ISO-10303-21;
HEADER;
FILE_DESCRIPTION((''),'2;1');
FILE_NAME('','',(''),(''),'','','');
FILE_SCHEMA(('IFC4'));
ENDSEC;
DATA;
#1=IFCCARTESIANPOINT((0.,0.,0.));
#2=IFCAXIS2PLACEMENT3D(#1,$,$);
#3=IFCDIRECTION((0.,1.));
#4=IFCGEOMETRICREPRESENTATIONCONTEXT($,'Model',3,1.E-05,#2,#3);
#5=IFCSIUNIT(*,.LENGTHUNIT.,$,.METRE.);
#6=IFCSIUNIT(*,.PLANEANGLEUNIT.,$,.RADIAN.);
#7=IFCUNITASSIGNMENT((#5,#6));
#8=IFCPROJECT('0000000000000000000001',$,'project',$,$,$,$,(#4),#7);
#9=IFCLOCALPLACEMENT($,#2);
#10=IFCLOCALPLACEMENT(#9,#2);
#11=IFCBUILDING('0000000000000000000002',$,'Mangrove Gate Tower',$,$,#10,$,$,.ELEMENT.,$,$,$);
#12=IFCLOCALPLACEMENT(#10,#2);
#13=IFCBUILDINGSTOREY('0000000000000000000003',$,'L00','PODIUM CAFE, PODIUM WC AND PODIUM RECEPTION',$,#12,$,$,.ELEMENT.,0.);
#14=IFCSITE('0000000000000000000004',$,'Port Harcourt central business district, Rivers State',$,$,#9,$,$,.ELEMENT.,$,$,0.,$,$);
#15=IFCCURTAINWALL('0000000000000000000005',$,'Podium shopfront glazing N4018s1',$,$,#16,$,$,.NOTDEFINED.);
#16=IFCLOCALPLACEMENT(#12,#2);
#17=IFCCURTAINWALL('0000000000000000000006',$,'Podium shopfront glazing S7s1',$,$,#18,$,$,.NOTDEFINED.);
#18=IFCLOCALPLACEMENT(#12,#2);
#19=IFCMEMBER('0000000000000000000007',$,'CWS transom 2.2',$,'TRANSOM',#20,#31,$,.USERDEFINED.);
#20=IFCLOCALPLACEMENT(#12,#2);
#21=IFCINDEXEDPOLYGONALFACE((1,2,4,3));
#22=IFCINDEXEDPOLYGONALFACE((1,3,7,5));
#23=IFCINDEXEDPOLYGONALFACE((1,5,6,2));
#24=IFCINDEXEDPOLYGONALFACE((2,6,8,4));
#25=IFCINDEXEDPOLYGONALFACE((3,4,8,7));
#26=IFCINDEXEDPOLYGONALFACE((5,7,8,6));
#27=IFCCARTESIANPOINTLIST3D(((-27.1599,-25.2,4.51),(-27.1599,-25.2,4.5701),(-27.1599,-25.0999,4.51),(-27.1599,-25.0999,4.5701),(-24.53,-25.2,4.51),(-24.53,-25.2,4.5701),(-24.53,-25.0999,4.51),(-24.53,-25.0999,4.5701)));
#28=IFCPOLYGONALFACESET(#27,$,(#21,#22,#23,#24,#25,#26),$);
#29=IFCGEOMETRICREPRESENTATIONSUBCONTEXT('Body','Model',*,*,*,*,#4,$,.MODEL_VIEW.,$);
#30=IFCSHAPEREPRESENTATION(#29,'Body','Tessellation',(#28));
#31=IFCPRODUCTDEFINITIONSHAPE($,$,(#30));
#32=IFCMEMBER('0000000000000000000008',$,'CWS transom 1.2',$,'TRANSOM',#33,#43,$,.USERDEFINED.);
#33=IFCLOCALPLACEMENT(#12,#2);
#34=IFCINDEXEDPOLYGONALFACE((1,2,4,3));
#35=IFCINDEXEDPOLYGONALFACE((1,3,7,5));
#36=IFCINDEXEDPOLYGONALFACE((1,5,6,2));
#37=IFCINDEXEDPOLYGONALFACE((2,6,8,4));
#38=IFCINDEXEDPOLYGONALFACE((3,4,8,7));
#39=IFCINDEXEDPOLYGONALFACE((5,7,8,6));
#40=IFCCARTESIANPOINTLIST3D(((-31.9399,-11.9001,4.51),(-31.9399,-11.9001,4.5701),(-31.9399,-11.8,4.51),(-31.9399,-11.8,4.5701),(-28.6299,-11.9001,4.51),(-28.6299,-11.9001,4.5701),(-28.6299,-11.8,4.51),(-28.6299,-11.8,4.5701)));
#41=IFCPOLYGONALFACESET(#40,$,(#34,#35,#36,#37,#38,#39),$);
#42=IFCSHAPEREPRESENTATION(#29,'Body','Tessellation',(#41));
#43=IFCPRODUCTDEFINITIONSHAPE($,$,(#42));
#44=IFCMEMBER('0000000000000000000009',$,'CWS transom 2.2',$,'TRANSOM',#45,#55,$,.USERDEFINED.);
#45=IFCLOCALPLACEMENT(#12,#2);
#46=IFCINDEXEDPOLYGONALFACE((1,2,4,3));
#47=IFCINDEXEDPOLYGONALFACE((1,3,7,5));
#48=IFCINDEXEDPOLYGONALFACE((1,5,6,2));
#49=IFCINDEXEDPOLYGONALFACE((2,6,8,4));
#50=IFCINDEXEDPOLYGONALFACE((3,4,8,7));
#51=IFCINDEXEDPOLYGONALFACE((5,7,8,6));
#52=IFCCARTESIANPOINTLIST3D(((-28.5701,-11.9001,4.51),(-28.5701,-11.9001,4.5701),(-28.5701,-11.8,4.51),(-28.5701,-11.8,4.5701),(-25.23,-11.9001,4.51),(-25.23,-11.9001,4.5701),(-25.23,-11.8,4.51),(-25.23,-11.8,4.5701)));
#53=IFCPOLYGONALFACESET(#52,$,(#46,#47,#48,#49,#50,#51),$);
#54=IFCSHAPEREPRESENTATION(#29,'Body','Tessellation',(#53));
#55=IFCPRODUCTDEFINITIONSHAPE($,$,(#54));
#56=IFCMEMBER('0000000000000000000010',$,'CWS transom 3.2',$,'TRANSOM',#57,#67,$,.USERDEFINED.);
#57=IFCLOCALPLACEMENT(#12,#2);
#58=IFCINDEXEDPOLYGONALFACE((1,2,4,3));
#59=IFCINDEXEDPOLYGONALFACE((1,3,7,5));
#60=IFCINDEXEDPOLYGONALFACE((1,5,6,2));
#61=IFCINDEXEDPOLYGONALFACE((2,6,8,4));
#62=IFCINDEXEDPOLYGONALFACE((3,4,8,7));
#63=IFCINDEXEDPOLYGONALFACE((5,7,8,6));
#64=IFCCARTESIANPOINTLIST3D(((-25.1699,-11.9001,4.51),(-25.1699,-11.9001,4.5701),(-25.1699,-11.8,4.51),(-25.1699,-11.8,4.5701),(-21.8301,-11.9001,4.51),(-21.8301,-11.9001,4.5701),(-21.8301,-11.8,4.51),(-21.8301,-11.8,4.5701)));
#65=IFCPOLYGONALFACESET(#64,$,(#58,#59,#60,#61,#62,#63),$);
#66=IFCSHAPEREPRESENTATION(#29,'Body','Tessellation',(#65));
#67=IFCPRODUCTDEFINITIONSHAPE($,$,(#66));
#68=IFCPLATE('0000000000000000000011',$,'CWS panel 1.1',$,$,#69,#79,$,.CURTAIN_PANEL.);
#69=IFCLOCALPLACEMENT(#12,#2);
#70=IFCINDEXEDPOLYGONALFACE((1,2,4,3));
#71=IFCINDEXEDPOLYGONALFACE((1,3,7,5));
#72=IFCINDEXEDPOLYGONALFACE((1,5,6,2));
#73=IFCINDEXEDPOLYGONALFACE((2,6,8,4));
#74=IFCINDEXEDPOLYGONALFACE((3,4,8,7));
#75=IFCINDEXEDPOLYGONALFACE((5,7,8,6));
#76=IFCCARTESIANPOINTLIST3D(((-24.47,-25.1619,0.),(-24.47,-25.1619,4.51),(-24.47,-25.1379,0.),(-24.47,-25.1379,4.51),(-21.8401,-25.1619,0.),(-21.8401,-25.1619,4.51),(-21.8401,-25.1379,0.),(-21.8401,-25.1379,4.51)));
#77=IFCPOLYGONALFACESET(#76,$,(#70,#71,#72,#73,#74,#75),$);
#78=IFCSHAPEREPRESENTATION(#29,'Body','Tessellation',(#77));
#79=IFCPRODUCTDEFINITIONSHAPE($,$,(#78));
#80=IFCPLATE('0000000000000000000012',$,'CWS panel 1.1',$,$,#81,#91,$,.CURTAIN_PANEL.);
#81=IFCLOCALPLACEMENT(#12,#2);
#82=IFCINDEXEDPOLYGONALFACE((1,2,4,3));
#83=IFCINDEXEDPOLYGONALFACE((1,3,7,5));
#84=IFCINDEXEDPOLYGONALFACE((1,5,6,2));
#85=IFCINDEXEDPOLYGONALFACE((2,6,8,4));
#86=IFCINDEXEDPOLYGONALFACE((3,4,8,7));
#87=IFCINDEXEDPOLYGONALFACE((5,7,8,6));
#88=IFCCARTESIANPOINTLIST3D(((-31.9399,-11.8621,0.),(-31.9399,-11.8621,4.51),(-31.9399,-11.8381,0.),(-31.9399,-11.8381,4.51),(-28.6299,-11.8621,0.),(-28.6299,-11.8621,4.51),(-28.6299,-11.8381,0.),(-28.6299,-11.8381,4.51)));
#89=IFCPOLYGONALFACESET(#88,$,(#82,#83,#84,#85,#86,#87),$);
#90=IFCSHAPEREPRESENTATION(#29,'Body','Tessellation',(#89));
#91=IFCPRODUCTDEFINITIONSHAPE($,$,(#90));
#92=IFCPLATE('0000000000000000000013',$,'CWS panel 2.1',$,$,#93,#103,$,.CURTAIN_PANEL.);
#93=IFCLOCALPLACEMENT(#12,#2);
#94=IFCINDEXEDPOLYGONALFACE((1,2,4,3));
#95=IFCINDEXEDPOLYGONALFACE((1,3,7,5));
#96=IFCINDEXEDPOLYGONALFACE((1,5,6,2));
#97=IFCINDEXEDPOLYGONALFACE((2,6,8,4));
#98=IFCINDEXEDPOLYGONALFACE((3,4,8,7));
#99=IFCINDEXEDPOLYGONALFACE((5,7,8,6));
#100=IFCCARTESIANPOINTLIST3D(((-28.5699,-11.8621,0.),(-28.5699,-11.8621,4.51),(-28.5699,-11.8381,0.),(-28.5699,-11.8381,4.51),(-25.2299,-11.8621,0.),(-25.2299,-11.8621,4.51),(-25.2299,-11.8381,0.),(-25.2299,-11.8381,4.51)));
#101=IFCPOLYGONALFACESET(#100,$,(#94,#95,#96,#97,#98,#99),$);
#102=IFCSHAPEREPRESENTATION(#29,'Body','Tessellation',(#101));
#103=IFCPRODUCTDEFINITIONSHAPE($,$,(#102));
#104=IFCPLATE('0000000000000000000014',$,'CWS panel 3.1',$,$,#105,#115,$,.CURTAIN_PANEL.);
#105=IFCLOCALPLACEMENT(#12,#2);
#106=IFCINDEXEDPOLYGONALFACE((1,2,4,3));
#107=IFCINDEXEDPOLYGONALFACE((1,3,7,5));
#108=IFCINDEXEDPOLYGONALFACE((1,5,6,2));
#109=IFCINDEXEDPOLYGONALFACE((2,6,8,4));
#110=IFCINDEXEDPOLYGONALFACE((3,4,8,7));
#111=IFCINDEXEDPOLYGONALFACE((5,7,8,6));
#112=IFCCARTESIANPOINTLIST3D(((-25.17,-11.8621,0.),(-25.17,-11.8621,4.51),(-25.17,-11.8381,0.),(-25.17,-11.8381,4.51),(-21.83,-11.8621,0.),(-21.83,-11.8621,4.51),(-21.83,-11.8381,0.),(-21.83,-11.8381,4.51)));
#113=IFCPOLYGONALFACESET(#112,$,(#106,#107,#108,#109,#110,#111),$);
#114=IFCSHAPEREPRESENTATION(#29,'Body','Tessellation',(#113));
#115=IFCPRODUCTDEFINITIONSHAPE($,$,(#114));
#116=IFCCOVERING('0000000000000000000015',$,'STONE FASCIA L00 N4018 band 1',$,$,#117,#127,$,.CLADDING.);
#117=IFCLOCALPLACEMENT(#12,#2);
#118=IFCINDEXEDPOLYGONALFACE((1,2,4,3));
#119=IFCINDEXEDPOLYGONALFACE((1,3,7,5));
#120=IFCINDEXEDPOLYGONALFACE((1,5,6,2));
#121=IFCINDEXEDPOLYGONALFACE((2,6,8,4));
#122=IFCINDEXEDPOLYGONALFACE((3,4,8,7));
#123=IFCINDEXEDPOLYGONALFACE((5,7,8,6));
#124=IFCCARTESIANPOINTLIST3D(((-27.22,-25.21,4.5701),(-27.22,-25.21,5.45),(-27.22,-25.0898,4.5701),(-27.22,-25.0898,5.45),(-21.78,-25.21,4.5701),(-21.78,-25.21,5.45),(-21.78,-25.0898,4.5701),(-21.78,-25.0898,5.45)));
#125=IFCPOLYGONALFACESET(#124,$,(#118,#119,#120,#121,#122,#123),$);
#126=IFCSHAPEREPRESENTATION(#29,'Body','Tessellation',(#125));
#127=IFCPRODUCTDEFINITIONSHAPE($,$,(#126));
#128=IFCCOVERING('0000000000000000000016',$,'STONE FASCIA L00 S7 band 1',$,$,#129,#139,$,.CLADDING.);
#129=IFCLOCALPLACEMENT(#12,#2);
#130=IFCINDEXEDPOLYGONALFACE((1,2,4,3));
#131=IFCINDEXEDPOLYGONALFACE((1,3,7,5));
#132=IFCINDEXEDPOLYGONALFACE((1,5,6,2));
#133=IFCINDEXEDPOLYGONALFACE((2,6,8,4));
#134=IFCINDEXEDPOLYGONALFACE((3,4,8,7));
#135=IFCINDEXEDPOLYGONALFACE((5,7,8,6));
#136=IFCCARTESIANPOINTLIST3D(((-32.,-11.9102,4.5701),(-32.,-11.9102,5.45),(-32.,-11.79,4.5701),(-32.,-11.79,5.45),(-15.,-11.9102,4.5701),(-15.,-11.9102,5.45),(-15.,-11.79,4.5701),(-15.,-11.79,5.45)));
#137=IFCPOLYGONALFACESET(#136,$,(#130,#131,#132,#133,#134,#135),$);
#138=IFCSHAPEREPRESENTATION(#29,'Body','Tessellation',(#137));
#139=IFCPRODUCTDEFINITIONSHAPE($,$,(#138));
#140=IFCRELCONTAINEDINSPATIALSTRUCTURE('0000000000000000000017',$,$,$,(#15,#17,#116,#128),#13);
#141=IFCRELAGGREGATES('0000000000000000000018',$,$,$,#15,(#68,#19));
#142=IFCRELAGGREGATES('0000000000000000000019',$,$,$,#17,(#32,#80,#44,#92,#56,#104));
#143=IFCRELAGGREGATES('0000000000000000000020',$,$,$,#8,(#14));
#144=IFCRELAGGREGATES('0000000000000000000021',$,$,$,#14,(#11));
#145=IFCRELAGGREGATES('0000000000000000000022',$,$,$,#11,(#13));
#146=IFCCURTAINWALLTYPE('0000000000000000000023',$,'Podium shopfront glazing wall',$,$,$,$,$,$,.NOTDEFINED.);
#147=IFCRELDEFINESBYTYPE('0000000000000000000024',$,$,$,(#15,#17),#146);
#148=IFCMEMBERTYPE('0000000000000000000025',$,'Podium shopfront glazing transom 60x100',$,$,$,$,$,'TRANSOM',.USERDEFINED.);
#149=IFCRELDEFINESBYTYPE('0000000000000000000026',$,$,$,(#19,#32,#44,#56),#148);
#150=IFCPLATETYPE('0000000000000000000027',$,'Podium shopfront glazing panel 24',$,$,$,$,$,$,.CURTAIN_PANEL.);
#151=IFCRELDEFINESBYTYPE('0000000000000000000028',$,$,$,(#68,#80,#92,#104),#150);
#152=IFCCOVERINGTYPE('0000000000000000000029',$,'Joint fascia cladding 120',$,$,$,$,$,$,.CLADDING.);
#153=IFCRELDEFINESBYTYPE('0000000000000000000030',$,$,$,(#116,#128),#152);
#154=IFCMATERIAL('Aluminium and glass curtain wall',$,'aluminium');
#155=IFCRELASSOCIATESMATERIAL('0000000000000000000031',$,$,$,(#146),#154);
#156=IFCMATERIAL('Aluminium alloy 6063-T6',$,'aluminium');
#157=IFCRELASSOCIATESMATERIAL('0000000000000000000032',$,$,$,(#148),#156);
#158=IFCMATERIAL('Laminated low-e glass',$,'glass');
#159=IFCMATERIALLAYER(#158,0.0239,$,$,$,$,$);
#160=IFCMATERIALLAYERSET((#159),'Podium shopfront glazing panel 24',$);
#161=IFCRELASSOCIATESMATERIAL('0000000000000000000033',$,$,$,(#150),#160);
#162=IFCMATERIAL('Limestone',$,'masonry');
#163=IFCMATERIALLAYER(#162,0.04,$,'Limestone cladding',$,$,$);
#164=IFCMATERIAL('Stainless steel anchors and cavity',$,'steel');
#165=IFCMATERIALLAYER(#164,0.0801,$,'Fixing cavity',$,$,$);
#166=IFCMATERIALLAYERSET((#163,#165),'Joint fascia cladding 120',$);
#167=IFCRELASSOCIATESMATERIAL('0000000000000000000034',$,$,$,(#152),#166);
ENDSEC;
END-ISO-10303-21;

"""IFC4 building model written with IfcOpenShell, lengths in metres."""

from ifc_helpers import new_model, si_unit, direction, frame, frame_2d, origin, origin_2d, place, context, subcontext, project, spatial, rectangle, extrude, material, layer, layer_set, material_profile, profile_set, type_object, element, aggregate, save


model = new_model("IFC4")

# Units and contexts
model_context = context("Model", 3, precision=1e-05, world=origin(), true_north=direction((0.0, 1.0)))
body_context = subcontext(model_context, "Body", "Model", "MODEL_VIEW")
ifc_project = project(units=[si_unit("LENGTHUNIT", "METRE"), si_unit("PLANEANGLEUNIT", "RADIAN")], contexts=[model_context])

# Site, building, storey
site_placement = place(None, origin())
site = spatial("IfcSite", under=ifc_project, at=site_placement, Name="Port Harcourt central business district, Rivers State", CompositionType="ELEMENT", RefElevation=0.0)
building_placement = place(site_placement, origin())
building = spatial("IfcBuilding", under=site, at=building_placement, Name="Mangrove Gate Tower", CompositionType="ELEMENT")
storey_placement = place(building_placement, origin())
storey = spatial("IfcBuildingStorey", under=building, at=storey_placement, Name="L00", Description="PODIUM CAFE, PODIUM WC AND PODIUM RECEPTION", CompositionType="ELEMENT", Elevation=0.0)

# Curtain walls
ifc_material_1 = material(Name="Aluminium and glass curtain wall", Category="aluminium")
curtain_wall_type = type_object("IfcCurtainWallType", Name="Podium shopfront glazing wall", PredefinedType="NOTDEFINED", material=ifc_material_1)
curtain_wall_1_placement = place(storey_placement, origin())
curtain_wall_1 = element("IfcCurtainWall", 1, at=curtain_wall_1_placement, inside=storey, type_object=curtain_wall_type, Name="Podium shopfront glazing N4018s1", PredefinedType="NOTDEFINED")
curtain_wall_2_placement = place(storey_placement, origin())
curtain_wall_2 = element("IfcCurtainWall", 2, at=curtain_wall_2_placement, inside=storey, type_object=curtain_wall_type, Name="Podium shopfront glazing S7s1", PredefinedType="NOTDEFINED")

# Members
ifc_material_2 = material(Name="Aluminium alloy 6063-T6", Category="aluminium")
ifc_material_profile_1 = material_profile(ifc_material_2, rectangle(XDim=0.0601, YDim=0.1001, at=origin_2d()))
ifc_profile_set_1 = profile_set([ifc_material_profile_1], Name="Aluminium alloy 6063-T6")
member_type_1 = type_object("IfcMemberType", Name="Podium shopfront glazing transom 60x100", ElementType="TRANSOM", PredefinedType="USERDEFINED", material=ifc_profile_set_1)
member_1_placement = place(storey_placement, frame((-24.53, -25.1499, 4.54), z_axis=(-1.0, 0.0, 0.0), x_axis=(0.0, 0.0, 1.0)))
member_1 = element("IfcMember", 3, at=member_1_placement, type_object=member_type_1, Name="CWS transom 2.2", ObjectType="TRANSOM", PredefinedType="USERDEFINED", context=body_context, shape_type="SweptSolid", body=[
    extrude(rectangle(XDim=0.0601, YDim=0.1001, at=origin_2d()), origin(), (0.0, 0.0, 1.0), 2.6299),
])
member_2_placement = place(storey_placement, frame((-31.9399, -11.8501, 4.54), z_axis=(1.0, 0.0, 0.0), x_axis=(0.0, 0.0, 1.0)))
member_2 = element("IfcMember", 4, at=member_2_placement, type_object=member_type_1, Name="CWS transom 1.2", ObjectType="TRANSOM", PredefinedType="USERDEFINED", context=body_context, shape_type="SweptSolid", body=[
    extrude(rectangle(XDim=0.0601, YDim=0.1001, at=origin_2d()), origin(), (0.0, 0.0, 1.0), 3.3101),
])
member_3_placement = place(storey_placement, frame((-28.5701, -11.8501, 4.54), z_axis=(1.0, 0.0, 0.0), x_axis=(0.0, 0.0, 1.0)))
member_3 = element("IfcMember", 5, at=member_3_placement, type_object=member_type_1, Name="CWS transom 2.2", ObjectType="TRANSOM", PredefinedType="USERDEFINED", context=body_context, shape_type="SweptSolid", body=[
    extrude(rectangle(XDim=0.0601, YDim=0.1001, at=origin_2d()), origin(), (0.0, 0.0, 1.0), 3.3401),
])
member_4_placement = place(storey_placement, frame((-25.1699, -11.8501, 4.54), z_axis=(1.0, 0.0, 0.0), x_axis=(0.0, 0.0, 1.0)))
member_4 = element("IfcMember", 6, at=member_4_placement, type_object=member_type_1, Name="CWS transom 3.2", ObjectType="TRANSOM", PredefinedType="USERDEFINED", context=body_context, shape_type="SweptSolid", body=[
    extrude(rectangle(XDim=0.0601, YDim=0.1001, at=origin_2d()), origin(), (0.0, 0.0, 1.0), 3.3398),
])

# Plates
ifc_material_3 = material(Name="Laminated low-e glass", Category="glass")
ifc_layer_1 = layer(ifc_material_3, 0.0239)
ifc_layer_set_1 = layer_set([ifc_layer_1], Name="Podium shopfront glazing panel 24")
plate_type = type_object("IfcPlateType", Name="Podium shopfront glazing panel 24", PredefinedType="CURTAIN_PANEL", material=ifc_layer_set_1)
plate_1_placement = place(storey_placement, frame((-23.155, -25.1499, 0.0), z_axis=(0.0, 0.0, 1.0), x_axis=(-1.0, 0.0, 0.0)))
plate_1 = element("IfcPlate", 7, at=plate_1_placement, type_object=plate_type, Name="CWS panel 1.1", PredefinedType="CURTAIN_PANEL", context=body_context, shape_type="SweptSolid", body=[
    extrude(rectangle(XDim=2.6299, YDim=0.0239, at=origin_2d()), origin(), (0.0, 0.0, 1.0), 4.51),
])
aggregate(curtain_wall_1, [plate_1, member_1])
plate_2_placement = place(storey_placement, frame((-30.2849, -11.8501, 0.0), z_axis=(0.0, 0.0, 1.0), x_axis=(1.0, 0.0, 0.0)))
plate_2 = element("IfcPlate", 8, at=plate_2_placement, type_object=plate_type, Name="CWS panel 1.1", PredefinedType="CURTAIN_PANEL", context=body_context, shape_type="SweptSolid", body=[
    extrude(rectangle(XDim=3.3101, YDim=0.0239, at=origin_2d()), origin(), (0.0, 0.0, 1.0), 4.51),
])
plate_3_placement = place(storey_placement, frame((-26.8999, -11.8501, 0.0), z_axis=(0.0, 0.0, 1.0), x_axis=(1.0, 0.0, 0.0)))
plate_3 = element("IfcPlate", 9, at=plate_3_placement, type_object=plate_type, Name="CWS panel 2.1", PredefinedType="CURTAIN_PANEL", context=body_context, shape_type="SweptSolid", body=[
    extrude(rectangle(XDim=3.3401, YDim=0.0239, at=origin_2d()), origin(), (0.0, 0.0, 1.0), 4.51),
])
plate_4_placement = place(storey_placement, frame((-23.5, -11.8501, 0.0), z_axis=(0.0, 0.0, 1.0), x_axis=(1.0, 0.0, 0.0)))
plate_4 = element("IfcPlate", 10, at=plate_4_placement, type_object=plate_type, Name="CWS panel 3.1", PredefinedType="CURTAIN_PANEL", context=body_context, shape_type="SweptSolid", body=[
    extrude(rectangle(XDim=3.3401, YDim=0.0239, at=origin_2d()), origin(), (0.0, 0.0, 1.0), 4.51),
])
aggregate(curtain_wall_2, [member_2, plate_2, member_3, plate_3, member_4, plate_4])

# Coverings
ifc_material_4 = material(Name="Limestone", Category="masonry")
ifc_layer_2 = layer(ifc_material_4, 0.04, Name="Limestone cladding")
ifc_material_5 = material(Name="Stainless steel anchors and cavity", Category="steel")
ifc_layer_3 = layer(ifc_material_5, 0.0801, Name="Fixing cavity")
ifc_layer_set_2 = layer_set([ifc_layer_2, ifc_layer_3], Name="Joint fascia cladding 120")
covering_type = type_object("IfcCoveringType", Name="Joint fascia cladding 120", PredefinedType="CLADDING", material=ifc_layer_set_2)
covering_1_placement = place(storey_placement, frame((-21.78, -25.1499, 4.5701), z_axis=(0.0, 0.0, 1.0), x_axis=(-1.0, 0.0, 0.0)))
element("IfcCovering", 11, at=covering_1_placement, inside=storey, type_object=covering_type, Name="STONE FASCIA L00 N4018 band 1", PredefinedType="CLADDING", context=body_context, shape_type="SweptSolid", body=[
    extrude(rectangle(XDim=5.4399, YDim=0.1201, at=frame_2d((2.72, 0.0))), origin(), (0.0, 0.0, 1.0), 0.8799),
])
covering_2_placement = place(storey_placement, frame((-32.0, -11.8501, 4.5701), z_axis=(0.0, 0.0, 1.0), x_axis=(1.0, 0.0, 0.0)))
element("IfcCovering", 12, at=covering_2_placement, inside=storey, type_object=covering_type, Name="STONE FASCIA L00 S7 band 1", PredefinedType="CLADDING", context=body_context, shape_type="SweptSolid", body=[
    extrude(rectangle(XDim=17.0, YDim=0.1201, at=frame_2d((8.5, 0.0))), origin(), (0.0, 0.0, 1.0), 0.8799),
])

save(model, "model.ifc")
